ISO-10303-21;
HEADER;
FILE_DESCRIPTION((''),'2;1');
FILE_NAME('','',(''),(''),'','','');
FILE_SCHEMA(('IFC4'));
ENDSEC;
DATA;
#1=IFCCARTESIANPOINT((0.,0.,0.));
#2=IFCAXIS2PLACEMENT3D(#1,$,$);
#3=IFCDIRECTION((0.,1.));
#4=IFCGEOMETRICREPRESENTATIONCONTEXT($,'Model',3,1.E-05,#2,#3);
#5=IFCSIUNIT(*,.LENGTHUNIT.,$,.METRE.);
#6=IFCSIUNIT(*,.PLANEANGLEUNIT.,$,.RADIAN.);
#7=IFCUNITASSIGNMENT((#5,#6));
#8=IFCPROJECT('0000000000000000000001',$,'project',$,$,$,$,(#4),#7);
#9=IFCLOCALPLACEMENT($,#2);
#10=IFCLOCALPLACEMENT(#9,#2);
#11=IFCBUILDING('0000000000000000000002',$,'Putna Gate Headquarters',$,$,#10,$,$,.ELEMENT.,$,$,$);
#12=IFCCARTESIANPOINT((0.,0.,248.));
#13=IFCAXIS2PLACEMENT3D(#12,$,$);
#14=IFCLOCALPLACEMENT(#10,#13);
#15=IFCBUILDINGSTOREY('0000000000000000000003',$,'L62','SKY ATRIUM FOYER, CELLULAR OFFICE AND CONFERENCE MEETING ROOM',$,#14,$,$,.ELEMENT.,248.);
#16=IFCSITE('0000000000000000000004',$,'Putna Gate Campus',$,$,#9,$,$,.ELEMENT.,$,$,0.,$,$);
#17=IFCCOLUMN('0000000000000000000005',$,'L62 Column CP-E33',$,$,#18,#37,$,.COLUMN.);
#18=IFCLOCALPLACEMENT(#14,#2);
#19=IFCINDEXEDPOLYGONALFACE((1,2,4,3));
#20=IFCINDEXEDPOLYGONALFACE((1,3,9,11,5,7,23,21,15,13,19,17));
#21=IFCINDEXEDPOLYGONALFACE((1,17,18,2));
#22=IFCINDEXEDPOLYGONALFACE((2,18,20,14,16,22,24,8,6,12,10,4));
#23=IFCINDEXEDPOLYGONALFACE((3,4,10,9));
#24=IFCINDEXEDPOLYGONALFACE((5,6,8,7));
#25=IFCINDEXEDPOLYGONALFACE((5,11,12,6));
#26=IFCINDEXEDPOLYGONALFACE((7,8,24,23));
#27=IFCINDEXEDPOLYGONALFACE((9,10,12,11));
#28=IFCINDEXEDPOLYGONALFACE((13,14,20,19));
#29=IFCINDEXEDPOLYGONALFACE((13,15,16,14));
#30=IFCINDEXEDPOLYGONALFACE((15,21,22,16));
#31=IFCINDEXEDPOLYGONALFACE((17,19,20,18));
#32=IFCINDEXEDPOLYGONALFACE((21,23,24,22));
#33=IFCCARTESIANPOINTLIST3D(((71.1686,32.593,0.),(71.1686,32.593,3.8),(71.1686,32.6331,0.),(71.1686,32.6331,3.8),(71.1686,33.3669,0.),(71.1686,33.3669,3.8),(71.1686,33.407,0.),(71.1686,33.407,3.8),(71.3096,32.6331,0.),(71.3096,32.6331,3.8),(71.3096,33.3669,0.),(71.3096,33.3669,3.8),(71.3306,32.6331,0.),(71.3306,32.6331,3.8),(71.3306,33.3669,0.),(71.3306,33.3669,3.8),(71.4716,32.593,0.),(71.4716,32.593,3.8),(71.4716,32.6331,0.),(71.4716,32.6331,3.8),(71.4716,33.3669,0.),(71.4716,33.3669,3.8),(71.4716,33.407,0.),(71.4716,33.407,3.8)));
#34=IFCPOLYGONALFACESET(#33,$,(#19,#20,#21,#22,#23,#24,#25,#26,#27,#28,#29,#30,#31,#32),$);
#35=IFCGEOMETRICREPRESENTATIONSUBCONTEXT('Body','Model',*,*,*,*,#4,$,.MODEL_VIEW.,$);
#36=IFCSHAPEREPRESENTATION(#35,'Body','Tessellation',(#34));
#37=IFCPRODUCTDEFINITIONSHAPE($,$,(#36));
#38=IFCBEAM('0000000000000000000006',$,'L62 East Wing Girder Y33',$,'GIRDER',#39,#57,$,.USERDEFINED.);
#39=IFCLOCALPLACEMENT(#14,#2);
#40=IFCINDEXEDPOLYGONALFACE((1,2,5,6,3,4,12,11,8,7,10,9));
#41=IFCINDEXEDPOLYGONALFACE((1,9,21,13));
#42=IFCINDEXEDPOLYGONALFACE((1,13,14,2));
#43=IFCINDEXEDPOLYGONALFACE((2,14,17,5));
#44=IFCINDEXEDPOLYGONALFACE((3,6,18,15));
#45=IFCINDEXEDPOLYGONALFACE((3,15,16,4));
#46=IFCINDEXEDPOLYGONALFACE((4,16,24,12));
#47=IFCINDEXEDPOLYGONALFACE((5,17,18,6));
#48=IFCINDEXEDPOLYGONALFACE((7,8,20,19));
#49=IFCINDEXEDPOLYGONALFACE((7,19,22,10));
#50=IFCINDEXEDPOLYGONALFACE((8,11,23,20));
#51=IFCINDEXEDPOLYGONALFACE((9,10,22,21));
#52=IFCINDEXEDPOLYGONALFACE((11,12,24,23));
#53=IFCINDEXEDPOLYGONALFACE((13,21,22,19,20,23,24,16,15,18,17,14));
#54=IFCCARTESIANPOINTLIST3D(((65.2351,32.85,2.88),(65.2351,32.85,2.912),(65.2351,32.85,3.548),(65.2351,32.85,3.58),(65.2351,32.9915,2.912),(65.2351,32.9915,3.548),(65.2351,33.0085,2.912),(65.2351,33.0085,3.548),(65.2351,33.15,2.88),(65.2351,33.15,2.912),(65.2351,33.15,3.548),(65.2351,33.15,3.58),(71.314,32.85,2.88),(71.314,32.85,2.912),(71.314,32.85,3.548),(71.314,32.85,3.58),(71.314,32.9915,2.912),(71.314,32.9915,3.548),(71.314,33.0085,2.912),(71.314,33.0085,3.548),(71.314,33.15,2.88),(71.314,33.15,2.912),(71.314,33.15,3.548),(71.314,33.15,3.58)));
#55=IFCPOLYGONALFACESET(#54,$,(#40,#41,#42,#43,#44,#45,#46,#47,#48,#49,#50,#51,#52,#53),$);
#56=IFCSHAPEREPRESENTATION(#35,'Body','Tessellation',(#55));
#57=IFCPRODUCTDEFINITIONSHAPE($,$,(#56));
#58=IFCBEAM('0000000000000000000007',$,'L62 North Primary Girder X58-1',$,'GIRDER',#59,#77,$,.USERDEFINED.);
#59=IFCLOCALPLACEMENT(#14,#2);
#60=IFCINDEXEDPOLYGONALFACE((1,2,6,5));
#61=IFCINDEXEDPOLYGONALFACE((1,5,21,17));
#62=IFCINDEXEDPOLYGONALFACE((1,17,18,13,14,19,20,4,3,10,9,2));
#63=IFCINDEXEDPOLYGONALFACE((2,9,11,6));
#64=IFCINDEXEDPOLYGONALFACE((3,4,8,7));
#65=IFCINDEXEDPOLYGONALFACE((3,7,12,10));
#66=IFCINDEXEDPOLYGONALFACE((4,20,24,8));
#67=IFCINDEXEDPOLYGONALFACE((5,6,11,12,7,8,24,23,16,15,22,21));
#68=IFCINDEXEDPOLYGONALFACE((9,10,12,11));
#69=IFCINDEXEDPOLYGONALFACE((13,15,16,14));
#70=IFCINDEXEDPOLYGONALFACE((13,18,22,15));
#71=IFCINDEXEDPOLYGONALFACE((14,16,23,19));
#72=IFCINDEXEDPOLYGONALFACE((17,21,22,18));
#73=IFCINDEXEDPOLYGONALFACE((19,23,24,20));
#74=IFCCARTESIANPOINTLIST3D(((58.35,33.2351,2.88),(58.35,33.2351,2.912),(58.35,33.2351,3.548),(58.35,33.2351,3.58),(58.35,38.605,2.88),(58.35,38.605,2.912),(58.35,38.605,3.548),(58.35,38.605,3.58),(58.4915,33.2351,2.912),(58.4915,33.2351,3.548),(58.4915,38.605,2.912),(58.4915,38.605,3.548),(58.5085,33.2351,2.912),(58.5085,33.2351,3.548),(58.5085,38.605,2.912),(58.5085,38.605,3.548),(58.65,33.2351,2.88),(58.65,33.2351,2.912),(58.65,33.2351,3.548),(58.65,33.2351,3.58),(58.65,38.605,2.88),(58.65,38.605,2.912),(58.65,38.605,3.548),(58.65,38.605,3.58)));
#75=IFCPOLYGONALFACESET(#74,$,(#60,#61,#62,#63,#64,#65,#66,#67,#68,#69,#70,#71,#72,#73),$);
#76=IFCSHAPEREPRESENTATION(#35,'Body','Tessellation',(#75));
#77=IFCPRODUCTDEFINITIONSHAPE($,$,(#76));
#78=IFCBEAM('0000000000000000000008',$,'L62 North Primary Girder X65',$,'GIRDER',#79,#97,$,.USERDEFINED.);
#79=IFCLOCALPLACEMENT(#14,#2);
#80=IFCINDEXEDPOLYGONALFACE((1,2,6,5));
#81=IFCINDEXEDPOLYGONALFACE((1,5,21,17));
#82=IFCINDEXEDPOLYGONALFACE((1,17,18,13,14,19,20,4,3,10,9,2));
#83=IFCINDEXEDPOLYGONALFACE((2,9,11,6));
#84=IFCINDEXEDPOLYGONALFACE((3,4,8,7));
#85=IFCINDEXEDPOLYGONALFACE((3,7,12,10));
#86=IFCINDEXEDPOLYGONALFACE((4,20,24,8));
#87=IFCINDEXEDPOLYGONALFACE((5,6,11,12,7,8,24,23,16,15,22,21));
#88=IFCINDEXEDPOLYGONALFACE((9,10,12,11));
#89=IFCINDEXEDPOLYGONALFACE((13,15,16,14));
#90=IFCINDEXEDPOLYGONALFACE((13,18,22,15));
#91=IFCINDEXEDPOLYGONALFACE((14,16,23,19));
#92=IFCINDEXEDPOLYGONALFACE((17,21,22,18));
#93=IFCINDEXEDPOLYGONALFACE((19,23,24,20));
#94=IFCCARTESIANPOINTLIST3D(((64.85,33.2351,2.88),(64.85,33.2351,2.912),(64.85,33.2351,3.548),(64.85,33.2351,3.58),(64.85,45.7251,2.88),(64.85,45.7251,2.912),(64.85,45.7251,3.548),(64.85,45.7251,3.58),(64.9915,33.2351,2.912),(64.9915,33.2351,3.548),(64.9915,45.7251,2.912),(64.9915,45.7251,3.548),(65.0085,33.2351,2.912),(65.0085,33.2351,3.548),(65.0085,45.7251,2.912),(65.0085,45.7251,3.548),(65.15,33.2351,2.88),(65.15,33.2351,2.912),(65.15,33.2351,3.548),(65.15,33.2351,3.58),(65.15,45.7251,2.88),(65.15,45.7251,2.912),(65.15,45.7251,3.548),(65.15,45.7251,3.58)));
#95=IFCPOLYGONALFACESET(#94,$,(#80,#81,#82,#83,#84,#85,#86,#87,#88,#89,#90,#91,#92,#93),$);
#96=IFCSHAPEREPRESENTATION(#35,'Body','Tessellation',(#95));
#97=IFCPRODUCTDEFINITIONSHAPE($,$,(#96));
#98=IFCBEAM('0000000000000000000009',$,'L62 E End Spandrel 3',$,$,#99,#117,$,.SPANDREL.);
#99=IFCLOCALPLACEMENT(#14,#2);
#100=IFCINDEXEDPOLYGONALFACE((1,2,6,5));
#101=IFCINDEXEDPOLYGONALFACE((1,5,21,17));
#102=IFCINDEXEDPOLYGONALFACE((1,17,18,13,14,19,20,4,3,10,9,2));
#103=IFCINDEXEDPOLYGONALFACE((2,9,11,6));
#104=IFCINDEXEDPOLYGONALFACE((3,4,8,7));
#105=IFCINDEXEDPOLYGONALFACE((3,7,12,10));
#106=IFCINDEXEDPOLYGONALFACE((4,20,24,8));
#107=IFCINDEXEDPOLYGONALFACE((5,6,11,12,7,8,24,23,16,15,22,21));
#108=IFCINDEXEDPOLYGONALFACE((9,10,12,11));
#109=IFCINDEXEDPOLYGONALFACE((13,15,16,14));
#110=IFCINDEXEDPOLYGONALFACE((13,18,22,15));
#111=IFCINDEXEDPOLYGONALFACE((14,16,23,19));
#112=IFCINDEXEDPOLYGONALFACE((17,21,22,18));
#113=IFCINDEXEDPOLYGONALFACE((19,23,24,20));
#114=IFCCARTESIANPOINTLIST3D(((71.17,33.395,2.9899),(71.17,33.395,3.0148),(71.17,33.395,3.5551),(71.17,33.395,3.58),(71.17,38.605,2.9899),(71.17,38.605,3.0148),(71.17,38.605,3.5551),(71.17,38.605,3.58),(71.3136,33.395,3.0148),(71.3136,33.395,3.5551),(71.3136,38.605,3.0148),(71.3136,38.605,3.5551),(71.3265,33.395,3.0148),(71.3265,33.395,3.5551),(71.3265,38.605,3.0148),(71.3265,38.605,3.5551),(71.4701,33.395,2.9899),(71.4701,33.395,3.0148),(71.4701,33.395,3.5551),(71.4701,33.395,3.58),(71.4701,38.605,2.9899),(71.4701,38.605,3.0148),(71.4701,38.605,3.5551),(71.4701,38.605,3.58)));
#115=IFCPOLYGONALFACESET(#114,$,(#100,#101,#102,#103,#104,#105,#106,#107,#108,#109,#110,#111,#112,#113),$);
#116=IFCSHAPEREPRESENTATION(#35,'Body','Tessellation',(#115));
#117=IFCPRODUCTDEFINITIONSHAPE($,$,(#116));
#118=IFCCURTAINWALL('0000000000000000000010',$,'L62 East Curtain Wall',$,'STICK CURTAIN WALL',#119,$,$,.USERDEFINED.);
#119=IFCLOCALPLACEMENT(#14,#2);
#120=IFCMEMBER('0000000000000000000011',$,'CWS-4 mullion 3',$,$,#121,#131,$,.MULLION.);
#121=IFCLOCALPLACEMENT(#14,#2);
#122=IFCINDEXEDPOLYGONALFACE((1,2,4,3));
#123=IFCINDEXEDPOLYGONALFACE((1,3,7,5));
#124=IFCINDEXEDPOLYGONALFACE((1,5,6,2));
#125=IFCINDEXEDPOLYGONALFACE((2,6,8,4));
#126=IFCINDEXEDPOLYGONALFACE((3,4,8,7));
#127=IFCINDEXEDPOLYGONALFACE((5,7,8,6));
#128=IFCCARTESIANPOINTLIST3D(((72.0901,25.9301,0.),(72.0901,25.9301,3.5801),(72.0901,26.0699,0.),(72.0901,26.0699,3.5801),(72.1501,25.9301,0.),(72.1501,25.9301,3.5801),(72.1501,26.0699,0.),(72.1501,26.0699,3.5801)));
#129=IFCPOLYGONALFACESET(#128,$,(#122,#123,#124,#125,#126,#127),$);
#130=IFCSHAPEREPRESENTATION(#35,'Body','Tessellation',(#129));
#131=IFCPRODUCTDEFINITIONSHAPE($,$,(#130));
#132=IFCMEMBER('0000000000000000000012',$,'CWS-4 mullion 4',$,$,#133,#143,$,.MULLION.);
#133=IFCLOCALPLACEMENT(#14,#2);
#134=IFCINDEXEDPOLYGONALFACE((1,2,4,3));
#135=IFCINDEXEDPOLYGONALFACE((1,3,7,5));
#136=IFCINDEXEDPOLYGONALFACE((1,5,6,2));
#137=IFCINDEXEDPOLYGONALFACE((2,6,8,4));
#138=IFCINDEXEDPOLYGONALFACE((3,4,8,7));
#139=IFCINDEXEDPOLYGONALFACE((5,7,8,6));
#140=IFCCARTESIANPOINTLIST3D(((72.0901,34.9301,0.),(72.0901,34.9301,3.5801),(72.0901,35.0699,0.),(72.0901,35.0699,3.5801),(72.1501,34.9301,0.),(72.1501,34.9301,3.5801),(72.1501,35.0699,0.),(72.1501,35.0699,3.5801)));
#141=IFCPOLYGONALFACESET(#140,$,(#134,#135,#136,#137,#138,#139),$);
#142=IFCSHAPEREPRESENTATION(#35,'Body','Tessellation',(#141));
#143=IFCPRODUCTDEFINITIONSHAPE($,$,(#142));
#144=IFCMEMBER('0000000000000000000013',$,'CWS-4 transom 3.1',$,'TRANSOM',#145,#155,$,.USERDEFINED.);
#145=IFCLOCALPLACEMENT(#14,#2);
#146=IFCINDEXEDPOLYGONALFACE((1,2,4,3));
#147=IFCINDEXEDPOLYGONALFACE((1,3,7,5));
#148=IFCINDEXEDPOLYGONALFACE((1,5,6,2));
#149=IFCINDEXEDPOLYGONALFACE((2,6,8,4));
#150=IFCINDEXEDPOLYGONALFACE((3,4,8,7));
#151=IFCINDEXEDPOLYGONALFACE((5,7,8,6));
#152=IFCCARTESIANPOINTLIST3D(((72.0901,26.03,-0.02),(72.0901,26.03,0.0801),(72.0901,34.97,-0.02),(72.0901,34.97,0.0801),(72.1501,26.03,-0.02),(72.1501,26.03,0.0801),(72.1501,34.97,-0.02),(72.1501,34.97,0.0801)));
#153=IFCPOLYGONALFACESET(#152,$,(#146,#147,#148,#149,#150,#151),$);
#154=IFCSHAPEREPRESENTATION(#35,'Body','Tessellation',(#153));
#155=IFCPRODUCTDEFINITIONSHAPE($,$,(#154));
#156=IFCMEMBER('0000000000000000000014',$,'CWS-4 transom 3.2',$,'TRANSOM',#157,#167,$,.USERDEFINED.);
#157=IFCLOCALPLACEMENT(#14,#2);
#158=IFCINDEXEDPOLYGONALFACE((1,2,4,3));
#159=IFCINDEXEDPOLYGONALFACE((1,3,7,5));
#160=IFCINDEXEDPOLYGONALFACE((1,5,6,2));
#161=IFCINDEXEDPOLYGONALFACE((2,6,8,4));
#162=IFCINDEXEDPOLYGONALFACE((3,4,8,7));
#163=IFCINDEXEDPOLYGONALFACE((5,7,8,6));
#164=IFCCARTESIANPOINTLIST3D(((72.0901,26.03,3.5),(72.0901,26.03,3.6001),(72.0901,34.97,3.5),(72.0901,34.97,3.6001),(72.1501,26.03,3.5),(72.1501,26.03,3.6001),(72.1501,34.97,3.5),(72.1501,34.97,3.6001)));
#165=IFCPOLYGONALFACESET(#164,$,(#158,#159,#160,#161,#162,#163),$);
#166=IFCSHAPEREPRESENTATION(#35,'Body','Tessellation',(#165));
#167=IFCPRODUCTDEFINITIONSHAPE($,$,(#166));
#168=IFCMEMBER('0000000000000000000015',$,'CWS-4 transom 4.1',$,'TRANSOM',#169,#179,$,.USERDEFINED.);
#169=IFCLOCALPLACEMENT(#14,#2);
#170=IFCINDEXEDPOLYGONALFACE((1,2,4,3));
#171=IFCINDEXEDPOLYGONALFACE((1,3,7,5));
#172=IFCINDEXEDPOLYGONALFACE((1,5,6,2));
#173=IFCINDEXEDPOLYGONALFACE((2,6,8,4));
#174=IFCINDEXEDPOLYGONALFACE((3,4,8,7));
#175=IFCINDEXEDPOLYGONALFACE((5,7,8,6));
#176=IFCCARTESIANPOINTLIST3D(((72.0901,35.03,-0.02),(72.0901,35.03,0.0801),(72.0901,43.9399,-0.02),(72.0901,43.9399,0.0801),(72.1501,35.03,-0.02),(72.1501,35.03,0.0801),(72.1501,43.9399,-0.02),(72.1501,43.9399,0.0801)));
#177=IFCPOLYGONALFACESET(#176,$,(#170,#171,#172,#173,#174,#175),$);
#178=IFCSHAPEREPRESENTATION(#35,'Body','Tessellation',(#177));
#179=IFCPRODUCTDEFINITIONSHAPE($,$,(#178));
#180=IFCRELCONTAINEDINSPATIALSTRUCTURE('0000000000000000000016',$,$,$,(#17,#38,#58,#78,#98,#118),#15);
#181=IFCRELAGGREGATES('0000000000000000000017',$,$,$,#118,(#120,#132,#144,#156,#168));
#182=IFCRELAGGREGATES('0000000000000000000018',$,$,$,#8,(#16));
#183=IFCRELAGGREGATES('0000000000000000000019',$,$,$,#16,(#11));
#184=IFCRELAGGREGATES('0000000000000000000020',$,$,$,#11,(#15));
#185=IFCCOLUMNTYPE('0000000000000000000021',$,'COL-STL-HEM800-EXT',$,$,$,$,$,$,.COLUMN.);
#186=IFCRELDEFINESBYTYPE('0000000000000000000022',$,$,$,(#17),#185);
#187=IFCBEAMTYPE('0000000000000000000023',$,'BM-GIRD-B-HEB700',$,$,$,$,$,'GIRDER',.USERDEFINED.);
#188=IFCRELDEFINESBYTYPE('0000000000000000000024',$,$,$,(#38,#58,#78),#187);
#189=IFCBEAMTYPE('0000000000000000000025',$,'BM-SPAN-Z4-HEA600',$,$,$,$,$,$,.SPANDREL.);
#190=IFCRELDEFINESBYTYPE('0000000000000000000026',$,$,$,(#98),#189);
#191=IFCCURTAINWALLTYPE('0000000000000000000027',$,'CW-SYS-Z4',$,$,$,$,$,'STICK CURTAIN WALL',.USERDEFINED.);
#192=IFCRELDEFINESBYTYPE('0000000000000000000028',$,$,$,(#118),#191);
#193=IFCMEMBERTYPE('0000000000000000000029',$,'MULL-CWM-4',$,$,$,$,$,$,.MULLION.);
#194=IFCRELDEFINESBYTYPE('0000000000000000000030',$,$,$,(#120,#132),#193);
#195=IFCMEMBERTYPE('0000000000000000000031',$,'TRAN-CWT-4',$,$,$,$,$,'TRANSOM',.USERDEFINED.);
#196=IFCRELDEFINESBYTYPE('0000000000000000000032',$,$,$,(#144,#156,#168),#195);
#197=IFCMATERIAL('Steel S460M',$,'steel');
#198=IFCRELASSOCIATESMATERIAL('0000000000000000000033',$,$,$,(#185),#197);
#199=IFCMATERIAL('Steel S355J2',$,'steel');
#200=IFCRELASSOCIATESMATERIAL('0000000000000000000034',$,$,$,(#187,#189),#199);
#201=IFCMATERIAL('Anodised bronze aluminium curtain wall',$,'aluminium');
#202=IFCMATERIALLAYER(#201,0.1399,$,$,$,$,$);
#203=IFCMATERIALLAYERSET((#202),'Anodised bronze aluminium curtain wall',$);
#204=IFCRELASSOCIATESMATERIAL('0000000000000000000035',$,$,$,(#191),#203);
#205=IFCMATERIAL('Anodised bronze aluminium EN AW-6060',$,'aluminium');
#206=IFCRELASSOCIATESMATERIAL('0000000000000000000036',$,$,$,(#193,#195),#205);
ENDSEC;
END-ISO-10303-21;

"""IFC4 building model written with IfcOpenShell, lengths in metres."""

from ifc_helpers import new_model, si_unit, direction, frame, origin, origin_2d, place, context, subcontext, project, spatial, rectangle, i_section, extrude, material, layer, layer_set, material_profile, profile_set, type_object, element, aggregate, save


model = new_model("IFC4")

# Units and contexts
model_context = context("Model", 3, precision=1e-05, world=origin(), true_north=direction((0.0, 1.0)))
body_context = subcontext(model_context, "Body", "Model", "MODEL_VIEW")
ifc_project = project(units=[si_unit("LENGTHUNIT", "METRE"), si_unit("PLANEANGLEUNIT", "RADIAN")], contexts=[model_context])

# Site, building, storey
site_placement = place(None, origin())
site = spatial("IfcSite", under=ifc_project, at=site_placement, Name="Putna Gate Campus", CompositionType="ELEMENT", RefElevation=0.0)
building_placement = place(site_placement, origin())
building = spatial("IfcBuilding", under=site, at=building_placement, Name="Putna Gate Headquarters", CompositionType="ELEMENT")
storey_placement = place(building_placement, frame((0.0, 0.0, 248.0)))
storey = spatial("IfcBuildingStorey", under=building, at=storey_placement, Name="L62", Description="SKY ATRIUM FOYER, CELLULAR OFFICE AND CONFERENCE MEETING ROOM", CompositionType="ELEMENT", Elevation=248.0)

# Column
ifc_material_1 = material(Name="Steel S460M", Category="steel")
ifc_material_profile_1 = material_profile(ifc_material_1, i_section(OverallWidth=0.303, OverallDepth=0.814, WebThickness=0.021, FlangeThickness=0.04, at=origin_2d()), Name="Steel S460M")
ifc_profile_set_1 = profile_set([ifc_material_profile_1], Name="Steel S460M")
column_type = type_object("IfcColumnType", Name="COL-STL-HEM800-EXT", PredefinedType="COLUMN", material=ifc_profile_set_1)
column_placement = place(storey_placement, frame((71.3201, 33.0, 0.0), z_axis=(0.0, 0.0, 1.0), x_axis=(1.0, 0.0, 0.0)))
element("IfcColumn", 1, at=column_placement, inside=storey, type_object=column_type, Name="L62 Column CP-E33", PredefinedType="COLUMN", context=body_context, shape_type="SweptSolid", body=[
    extrude(i_section(OverallWidth=0.303, OverallDepth=0.814, WebThickness=0.021, FlangeThickness=0.04, at=origin_2d()), origin(), (0.0, 0.0, 1.0), 3.8),
])

# Beams
ifc_material_2 = material(Name="Steel S355J2", Category="steel")
ifc_material_profile_2 = material_profile(ifc_material_2, i_section(OverallWidth=0.3, OverallDepth=0.7, WebThickness=0.0171, FlangeThickness=0.032, at=origin_2d()), Name="Steel S355J2")
ifc_profile_set_2 = profile_set([ifc_material_profile_2], Name="Steel S355J2")
beam_type_1 = type_object("IfcBeamType", Name="BM-GIRD-B-HEB700", ElementType="GIRDER", PredefinedType="USERDEFINED", material=ifc_profile_set_2)
beam_1_placement = place(storey_placement, frame((65.2351, 33.0, 3.23), z_axis=(1.0, 0.0, 0.0), x_axis=(0.0, 1.0, 0.0)))
element("IfcBeam", 2, at=beam_1_placement, inside=storey, type_object=beam_type_1, Name="L62 East Wing Girder Y33", ObjectType="GIRDER", PredefinedType="USERDEFINED", context=body_context, shape_type="SweptSolid", body=[
    extrude(i_section(OverallWidth=0.3, OverallDepth=0.7, WebThickness=0.0171, FlangeThickness=0.032, at=origin_2d()), origin(), (0.0, 0.0, 1.0), 6.0789),
])
beam_2_placement = place(storey_placement, frame((58.5, 33.2351, 3.23), z_axis=(0.0, 1.0, 0.0), x_axis=(-1.0, 0.0, 0.0)))
element("IfcBeam", 3, at=beam_2_placement, inside=storey, type_object=beam_type_1, Name="L62 North Primary Girder X58-1", ObjectType="GIRDER", PredefinedType="USERDEFINED", context=body_context, shape_type="SweptSolid", body=[
    extrude(i_section(OverallWidth=0.3, OverallDepth=0.7, WebThickness=0.0171, FlangeThickness=0.032, at=origin_2d()), origin(), (0.0, 0.0, 1.0), 5.3699),
])
beam_3_placement = place(storey_placement, frame((65.0, 33.2351, 3.23), z_axis=(0.0, 1.0, 0.0), x_axis=(-1.0, 0.0, 0.0)))
element("IfcBeam", 4, at=beam_3_placement, inside=storey, type_object=beam_type_1, Name="L62 North Primary Girder X65", ObjectType="GIRDER", PredefinedType="USERDEFINED", context=body_context, shape_type="SweptSolid", body=[
    extrude(i_section(OverallWidth=0.3, OverallDepth=0.7, WebThickness=0.0171, FlangeThickness=0.032, at=origin_2d()), origin(), (0.0, 0.0, 1.0), 12.49),
])
ifc_material_profile_3 = material_profile(ifc_material_2, i_section(OverallWidth=0.3, OverallDepth=0.5901, WebThickness=0.0129, FlangeThickness=0.0249, at=origin_2d()), Name="Steel S355J2")
ifc_profile_set_3 = profile_set([ifc_material_profile_3], Name="Steel S355J2")
beam_type_2 = type_object("IfcBeamType", Name="BM-SPAN-Z4-HEA600", PredefinedType="SPANDREL", material=ifc_profile_set_3)
beam_4_placement = place(storey_placement, frame((71.3201, 33.395, 3.2849), z_axis=(0.0, 1.0, 0.0), x_axis=(-1.0, 0.0, 0.0)))
element("IfcBeam", 5, at=beam_4_placement, inside=storey, type_object=beam_type_2, Name="L62 E End Spandrel 3", PredefinedType="SPANDREL", context=body_context, shape_type="SweptSolid", body=[
    extrude(i_section(OverallWidth=0.3, OverallDepth=0.5901, WebThickness=0.0129, FlangeThickness=0.0249, at=origin_2d()), origin(), (0.0, 0.0, 1.0), 5.21),
])

# Curtain wall, members
ifc_material_3 = material(Name="Anodised bronze aluminium curtain wall", Category="aluminium")
ifc_layer_1 = layer(ifc_material_3, 0.1399)
ifc_layer_set_1 = layer_set([ifc_layer_1], Name="Anodised bronze aluminium curtain wall")
curtain_wall_type = type_object("IfcCurtainWallType", Name="CW-SYS-Z4", ElementType="STICK CURTAIN WALL", PredefinedType="USERDEFINED", material=ifc_layer_set_1)
curtain_wall_placement = place(storey_placement, origin())
curtain_wall = element("IfcCurtainWall", 6, at=curtain_wall_placement, inside=storey, type_object=curtain_wall_type, Name="L62 East Curtain Wall", ObjectType="STICK CURTAIN WALL", PredefinedType="USERDEFINED")
ifc_material_4 = material(Name="Anodised bronze aluminium EN AW-6060", Category="aluminium")
ifc_material_profile_4 = material_profile(ifc_material_4, rectangle(XDim=0.0601, YDim=0.1399, at=origin_2d()), Name="Anodised bronze aluminium EN AW-6060")
ifc_profile_set_4 = profile_set([ifc_material_profile_4], Name="Anodised bronze aluminium EN AW-6060")
member_type_1 = type_object("IfcMemberType", Name="MULL-CWM-4", PredefinedType="MULLION", material=ifc_profile_set_4)
member_1_placement = place(storey_placement, frame((72.1201, 26.0, 0.0), z_axis=(0.0, 0.0, 1.0), x_axis=(-1.0, 0.0, 0.0)))
member_1 = element("IfcMember", 7, at=member_1_placement, type_object=member_type_1, Name="CWS-4 mullion 3", PredefinedType="MULLION", context=body_context, shape_type="SweptSolid", body=[
    extrude(rectangle(XDim=0.0601, YDim=0.1399, at=origin_2d()), origin(), (0.0, 0.0, 1.0), 3.5801),
])
member_2_placement = place(storey_placement, frame((72.1201, 35.0, 0.0), z_axis=(0.0, 0.0, 1.0), x_axis=(-1.0, 0.0, 0.0)))
member_2 = element("IfcMember", 8, at=member_2_placement, type_object=member_type_1, Name="CWS-4 mullion 4", PredefinedType="MULLION", context=body_context, shape_type="SweptSolid", body=[
    extrude(rectangle(XDim=0.0601, YDim=0.1399, at=origin_2d()), origin(), (0.0, 0.0, 1.0), 3.5801),
])
ifc_material_profile_5 = material_profile(ifc_material_4, rectangle(XDim=0.0601, YDim=0.1001, at=origin_2d()), Name="Anodised bronze aluminium EN AW-6060")
ifc_profile_set_5 = profile_set([ifc_material_profile_5], Name="Anodised bronze aluminium EN AW-6060")
member_type_2 = type_object("IfcMemberType", Name="TRAN-CWT-4", ElementType="TRANSOM", PredefinedType="USERDEFINED", material=ifc_profile_set_5)
member_3_placement = place(storey_placement, frame((72.1201, 26.03, 0.03), z_axis=(0.0, 1.0, 0.0), x_axis=(-1.0, 0.0, 0.0)))
member_3 = element("IfcMember", 9, at=member_3_placement, type_object=member_type_2, Name="CWS-4 transom 3.1", ObjectType="TRANSOM", PredefinedType="USERDEFINED", context=body_context, shape_type="SweptSolid", body=[
    extrude(rectangle(XDim=0.0601, YDim=0.1001, at=origin_2d()), origin(), (0.0, 0.0, 1.0), 8.9399),
])
member_4_placement = place(storey_placement, frame((72.1201, 26.03, 3.55), z_axis=(0.0, 1.0, 0.0), x_axis=(-1.0, 0.0, 0.0)))
member_4 = element("IfcMember", 10, at=member_4_placement, type_object=member_type_2, Name="CWS-4 transom 3.2", ObjectType="TRANSOM", PredefinedType="USERDEFINED", context=body_context, shape_type="SweptSolid", body=[
    extrude(rectangle(XDim=0.0601, YDim=0.1001, at=origin_2d()), origin(), (0.0, 0.0, 1.0), 8.9399),
])
member_5_placement = place(storey_placement, frame((72.1201, 35.03, 0.03), z_axis=(0.0, 1.0, 0.0), x_axis=(-1.0, 0.0, 0.0)))
member_5 = element("IfcMember", 11, at=member_5_placement, type_object=member_type_2, Name="CWS-4 transom 4.1", ObjectType="TRANSOM", PredefinedType="USERDEFINED", context=body_context, shape_type="SweptSolid", body=[
    extrude(rectangle(XDim=0.0601, YDim=0.1001, at=origin_2d()), origin(), (0.0, 0.0, 1.0), 8.9099),
])
aggregate(curtain_wall, [member_1, member_2, member_3, member_4, member_5])

save(model, "model.ifc")
